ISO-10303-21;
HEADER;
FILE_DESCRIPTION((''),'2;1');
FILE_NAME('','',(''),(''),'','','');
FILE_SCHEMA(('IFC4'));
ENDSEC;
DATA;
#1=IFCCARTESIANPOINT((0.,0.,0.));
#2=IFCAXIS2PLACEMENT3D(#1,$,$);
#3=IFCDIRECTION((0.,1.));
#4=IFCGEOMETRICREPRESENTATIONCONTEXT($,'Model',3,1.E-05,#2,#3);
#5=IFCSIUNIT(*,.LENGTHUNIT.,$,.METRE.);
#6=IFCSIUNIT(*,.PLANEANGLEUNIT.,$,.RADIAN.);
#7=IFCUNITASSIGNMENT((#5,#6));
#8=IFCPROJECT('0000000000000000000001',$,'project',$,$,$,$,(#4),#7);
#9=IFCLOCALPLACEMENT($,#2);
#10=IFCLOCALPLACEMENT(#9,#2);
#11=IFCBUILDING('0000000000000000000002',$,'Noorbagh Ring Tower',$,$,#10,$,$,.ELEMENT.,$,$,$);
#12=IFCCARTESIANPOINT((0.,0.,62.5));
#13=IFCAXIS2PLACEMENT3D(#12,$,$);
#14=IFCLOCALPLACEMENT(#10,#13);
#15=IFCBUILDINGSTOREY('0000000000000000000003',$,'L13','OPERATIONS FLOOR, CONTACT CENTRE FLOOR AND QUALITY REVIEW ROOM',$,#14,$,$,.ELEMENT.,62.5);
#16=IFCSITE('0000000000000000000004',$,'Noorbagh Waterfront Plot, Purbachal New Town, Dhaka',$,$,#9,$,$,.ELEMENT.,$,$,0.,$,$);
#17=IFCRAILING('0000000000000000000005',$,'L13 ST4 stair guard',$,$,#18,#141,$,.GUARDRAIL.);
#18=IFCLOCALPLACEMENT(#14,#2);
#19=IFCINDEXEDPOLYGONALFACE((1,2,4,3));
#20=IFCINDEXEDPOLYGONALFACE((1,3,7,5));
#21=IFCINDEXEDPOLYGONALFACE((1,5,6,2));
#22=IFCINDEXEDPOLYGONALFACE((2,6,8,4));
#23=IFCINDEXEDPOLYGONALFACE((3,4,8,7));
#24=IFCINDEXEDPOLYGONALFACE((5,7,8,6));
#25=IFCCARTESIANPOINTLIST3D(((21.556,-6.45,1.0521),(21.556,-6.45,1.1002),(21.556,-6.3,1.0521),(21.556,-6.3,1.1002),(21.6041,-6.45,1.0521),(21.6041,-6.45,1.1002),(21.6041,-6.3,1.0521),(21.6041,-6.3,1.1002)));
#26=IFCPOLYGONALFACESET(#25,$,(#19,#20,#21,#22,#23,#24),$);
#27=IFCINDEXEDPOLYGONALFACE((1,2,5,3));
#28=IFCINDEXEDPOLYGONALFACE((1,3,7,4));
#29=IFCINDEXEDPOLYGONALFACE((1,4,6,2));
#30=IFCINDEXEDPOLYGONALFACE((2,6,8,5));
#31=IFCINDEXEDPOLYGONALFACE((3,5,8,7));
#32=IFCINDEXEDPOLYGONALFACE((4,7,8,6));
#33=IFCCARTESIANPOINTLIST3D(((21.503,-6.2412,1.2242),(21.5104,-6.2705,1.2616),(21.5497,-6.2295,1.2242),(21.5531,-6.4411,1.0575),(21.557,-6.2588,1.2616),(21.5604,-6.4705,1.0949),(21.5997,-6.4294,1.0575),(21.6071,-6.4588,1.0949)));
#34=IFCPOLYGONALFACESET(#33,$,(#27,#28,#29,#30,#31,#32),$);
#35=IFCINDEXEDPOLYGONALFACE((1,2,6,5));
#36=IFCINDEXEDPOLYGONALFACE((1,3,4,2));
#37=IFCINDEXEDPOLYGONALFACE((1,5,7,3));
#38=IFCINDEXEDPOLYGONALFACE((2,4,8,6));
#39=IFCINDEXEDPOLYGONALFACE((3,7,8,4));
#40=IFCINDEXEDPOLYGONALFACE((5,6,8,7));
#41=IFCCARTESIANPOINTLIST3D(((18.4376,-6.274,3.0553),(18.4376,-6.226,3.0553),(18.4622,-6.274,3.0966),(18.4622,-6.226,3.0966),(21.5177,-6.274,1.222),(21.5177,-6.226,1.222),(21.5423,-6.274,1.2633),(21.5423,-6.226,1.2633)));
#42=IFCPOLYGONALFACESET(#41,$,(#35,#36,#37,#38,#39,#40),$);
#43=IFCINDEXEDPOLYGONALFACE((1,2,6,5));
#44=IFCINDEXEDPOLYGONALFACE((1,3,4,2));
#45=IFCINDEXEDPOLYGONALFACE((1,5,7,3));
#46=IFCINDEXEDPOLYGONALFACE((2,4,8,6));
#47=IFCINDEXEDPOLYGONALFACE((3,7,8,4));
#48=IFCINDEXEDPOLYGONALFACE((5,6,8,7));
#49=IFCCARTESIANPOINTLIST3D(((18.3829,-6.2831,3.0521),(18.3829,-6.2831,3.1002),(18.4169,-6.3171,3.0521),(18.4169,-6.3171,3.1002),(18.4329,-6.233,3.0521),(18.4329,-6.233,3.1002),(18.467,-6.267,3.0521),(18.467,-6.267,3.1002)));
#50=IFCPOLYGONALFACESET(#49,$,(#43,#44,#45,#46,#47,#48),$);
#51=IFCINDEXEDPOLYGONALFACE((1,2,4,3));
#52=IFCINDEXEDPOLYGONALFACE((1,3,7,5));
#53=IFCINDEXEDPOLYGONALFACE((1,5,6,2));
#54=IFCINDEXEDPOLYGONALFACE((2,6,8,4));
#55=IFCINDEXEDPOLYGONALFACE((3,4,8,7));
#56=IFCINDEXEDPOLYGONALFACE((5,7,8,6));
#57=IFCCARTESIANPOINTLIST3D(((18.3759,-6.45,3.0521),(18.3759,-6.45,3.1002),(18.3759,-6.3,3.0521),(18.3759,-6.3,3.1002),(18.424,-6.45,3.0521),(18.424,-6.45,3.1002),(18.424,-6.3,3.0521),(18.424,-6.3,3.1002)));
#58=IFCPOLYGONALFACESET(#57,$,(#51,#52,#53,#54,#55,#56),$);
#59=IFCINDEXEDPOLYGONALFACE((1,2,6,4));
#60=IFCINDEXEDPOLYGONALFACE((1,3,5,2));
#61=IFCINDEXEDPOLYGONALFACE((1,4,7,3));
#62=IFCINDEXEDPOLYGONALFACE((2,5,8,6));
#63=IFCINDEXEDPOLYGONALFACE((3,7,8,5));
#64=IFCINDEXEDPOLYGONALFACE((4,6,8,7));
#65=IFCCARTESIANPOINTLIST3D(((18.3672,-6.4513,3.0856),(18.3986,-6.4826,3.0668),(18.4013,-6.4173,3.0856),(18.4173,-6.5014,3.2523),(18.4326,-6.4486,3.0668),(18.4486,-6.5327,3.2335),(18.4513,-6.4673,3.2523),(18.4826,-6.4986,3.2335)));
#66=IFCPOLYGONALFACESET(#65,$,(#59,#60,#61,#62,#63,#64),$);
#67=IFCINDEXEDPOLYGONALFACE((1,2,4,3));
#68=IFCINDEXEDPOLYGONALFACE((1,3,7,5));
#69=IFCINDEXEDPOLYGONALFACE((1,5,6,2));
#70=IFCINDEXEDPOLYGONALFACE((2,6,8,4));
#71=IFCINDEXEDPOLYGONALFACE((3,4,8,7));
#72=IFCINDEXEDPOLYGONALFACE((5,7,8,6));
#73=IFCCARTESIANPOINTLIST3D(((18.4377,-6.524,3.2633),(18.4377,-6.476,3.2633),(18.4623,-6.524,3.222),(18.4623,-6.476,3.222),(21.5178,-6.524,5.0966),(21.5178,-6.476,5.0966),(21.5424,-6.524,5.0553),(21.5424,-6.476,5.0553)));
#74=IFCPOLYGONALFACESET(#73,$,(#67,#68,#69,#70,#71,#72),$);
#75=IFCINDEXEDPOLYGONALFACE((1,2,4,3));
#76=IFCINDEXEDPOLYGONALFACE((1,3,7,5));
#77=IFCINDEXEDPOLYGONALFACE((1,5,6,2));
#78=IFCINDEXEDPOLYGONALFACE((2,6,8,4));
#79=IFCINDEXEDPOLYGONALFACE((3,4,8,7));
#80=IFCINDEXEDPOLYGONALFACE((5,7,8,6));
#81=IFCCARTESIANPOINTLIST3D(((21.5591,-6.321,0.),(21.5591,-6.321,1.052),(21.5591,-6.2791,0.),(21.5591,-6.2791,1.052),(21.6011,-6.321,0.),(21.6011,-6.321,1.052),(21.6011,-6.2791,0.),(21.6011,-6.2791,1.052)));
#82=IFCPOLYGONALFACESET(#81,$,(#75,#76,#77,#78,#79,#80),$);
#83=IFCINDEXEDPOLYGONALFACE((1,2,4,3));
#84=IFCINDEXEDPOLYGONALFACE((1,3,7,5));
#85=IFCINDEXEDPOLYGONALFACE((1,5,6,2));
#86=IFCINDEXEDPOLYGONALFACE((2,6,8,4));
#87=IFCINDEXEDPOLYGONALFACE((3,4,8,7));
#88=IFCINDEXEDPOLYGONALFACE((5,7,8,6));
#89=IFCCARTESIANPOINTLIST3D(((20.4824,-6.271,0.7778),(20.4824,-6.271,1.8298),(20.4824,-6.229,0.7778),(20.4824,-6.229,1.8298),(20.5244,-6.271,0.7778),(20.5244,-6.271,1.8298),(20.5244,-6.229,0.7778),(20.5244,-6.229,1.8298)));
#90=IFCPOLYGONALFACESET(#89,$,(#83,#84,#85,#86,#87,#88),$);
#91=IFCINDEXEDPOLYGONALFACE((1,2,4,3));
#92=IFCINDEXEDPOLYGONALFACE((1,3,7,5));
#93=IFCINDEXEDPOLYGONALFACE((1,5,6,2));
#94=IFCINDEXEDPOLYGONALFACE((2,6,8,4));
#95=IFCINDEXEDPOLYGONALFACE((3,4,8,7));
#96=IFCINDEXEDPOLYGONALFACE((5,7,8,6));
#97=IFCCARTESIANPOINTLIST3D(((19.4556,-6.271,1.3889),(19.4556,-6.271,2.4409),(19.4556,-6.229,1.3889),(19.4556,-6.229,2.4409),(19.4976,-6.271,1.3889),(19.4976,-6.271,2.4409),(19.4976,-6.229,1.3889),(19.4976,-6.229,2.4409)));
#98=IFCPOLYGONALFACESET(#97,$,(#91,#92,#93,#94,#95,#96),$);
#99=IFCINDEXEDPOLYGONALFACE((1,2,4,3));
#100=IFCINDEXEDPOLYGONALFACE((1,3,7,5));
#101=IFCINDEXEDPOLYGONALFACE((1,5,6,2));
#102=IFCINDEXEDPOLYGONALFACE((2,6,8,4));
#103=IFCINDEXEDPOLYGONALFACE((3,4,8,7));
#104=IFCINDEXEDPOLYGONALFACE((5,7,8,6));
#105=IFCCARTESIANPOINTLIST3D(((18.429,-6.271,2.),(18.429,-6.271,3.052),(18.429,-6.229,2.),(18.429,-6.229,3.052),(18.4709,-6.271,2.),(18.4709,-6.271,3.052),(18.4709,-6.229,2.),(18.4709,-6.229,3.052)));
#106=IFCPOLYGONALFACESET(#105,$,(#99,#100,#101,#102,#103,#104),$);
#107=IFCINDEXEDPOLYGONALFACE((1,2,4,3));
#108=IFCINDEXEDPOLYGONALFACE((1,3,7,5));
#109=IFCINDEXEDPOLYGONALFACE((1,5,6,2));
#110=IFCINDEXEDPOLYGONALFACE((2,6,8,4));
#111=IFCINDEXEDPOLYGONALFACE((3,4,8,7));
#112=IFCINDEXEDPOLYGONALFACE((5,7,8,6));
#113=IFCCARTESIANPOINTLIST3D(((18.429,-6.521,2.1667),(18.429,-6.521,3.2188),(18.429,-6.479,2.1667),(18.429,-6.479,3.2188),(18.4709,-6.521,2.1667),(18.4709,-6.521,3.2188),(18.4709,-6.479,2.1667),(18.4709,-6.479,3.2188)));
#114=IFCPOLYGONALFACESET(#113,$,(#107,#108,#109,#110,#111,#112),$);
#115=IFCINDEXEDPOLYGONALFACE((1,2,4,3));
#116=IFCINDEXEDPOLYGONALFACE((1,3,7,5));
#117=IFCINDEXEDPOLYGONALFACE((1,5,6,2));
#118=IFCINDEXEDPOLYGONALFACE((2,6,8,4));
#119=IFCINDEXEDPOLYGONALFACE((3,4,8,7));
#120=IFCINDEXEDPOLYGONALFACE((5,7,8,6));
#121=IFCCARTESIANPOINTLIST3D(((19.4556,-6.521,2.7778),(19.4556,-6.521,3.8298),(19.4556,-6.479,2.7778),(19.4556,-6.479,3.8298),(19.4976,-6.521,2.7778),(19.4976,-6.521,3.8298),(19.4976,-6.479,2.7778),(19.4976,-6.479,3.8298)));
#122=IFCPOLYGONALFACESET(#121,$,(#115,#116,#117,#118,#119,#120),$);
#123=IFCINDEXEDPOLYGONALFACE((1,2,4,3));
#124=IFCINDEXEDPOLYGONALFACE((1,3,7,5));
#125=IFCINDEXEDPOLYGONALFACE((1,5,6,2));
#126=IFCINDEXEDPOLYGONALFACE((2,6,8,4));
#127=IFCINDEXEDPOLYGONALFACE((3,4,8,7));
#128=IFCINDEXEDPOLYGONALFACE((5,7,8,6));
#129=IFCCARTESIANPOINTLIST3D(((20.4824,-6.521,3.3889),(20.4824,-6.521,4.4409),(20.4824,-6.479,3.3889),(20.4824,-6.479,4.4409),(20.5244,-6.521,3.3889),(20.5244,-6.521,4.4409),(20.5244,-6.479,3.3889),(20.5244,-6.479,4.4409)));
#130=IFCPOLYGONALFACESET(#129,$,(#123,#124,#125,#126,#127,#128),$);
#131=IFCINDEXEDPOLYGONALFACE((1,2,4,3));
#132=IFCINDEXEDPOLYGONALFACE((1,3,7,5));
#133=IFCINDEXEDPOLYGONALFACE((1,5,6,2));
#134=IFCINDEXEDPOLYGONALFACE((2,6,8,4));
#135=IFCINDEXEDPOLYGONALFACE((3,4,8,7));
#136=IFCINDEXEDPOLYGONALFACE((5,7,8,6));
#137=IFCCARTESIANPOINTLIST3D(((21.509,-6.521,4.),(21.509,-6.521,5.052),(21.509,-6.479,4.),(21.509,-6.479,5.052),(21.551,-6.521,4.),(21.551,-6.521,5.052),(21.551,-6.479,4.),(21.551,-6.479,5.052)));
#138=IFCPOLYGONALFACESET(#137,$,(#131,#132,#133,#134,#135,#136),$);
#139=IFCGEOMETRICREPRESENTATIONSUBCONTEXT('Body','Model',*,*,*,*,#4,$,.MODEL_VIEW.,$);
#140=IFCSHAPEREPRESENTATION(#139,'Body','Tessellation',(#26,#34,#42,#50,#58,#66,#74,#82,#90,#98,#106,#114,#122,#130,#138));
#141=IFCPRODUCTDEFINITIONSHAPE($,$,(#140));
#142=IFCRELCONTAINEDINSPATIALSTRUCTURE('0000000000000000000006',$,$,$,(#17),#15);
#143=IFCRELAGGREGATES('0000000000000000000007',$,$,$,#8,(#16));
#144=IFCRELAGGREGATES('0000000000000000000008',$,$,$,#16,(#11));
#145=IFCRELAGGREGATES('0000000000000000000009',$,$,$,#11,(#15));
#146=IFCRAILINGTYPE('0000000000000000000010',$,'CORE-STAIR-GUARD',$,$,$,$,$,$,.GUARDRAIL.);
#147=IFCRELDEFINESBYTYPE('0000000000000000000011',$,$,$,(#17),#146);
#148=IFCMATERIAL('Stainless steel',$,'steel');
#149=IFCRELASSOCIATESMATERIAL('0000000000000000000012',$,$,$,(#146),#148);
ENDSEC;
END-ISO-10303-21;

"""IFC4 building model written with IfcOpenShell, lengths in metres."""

from ifc_helpers import new_model, si_unit, direction, frame, origin, origin_2d, place, context, subcontext, project, spatial, rectangle, extrude, material, type_object, element, save


model = new_model("IFC4")

# Units and contexts
model_context = context("Model", 3, precision=1e-05, world=origin(), true_north=direction((0.0, 1.0)))
body_context = subcontext(model_context, "Body", "Model", "MODEL_VIEW")
ifc_project = project(units=[si_unit("LENGTHUNIT", "METRE"), si_unit("PLANEANGLEUNIT", "RADIAN")], contexts=[model_context])

# Site, building, storey
site_placement = place(None, origin())
site = spatial("IfcSite", under=ifc_project, at=site_placement, Name="Noorbagh Waterfront Plot, Purbachal New Town, Dhaka", CompositionType="ELEMENT", RefElevation=0.0)
building_placement = place(site_placement, origin())
building = spatial("IfcBuilding", under=site, at=building_placement, Name="Noorbagh Ring Tower", CompositionType="ELEMENT")
storey_placement = place(building_placement, frame((0.0, 0.0, 62.5)))
storey = spatial("IfcBuildingStorey", under=building, at=storey_placement, Name="L13", Description="OPERATIONS FLOOR, CONTACT CENTRE FLOOR AND QUALITY REVIEW ROOM", CompositionType="ELEMENT", Elevation=62.5)

# Railing
ifc_material_1 = material(Name="Stainless steel", Category="steel")
railing_type_1 = type_object("IfcRailingType", Name="CORE-STAIR-GUARD", PredefinedType="GUARDRAIL", material=ifc_material_1)
railing_1_placement = place(storey_placement, frame((21.5801, -6.3, 0.0)))
element("IfcRailing", 1, at=railing_1_placement, inside=storey, type_object=railing_type_1, Name="L13 ST4 stair guard", PredefinedType="GUARDRAIL", context=body_context, shape_type="SweptSolid", body=[
    extrude(rectangle(XDim=0.0481, YDim=0.0481, at=origin_2d()), frame((0.0, 0.0, 1.0762), z_axis=(0.0, -1.0, 0.0), x_axis=(1.0, 0.0, 0.0)), (0.0, 0.0, 1.0), 0.1499),
    extrude(rectangle(XDim=0.0481, YDim=0.0481, at=origin_2d()), frame((0.0, -0.1499, 1.0762), z_axis=(-0.188776, 0.754182, 0.628946), x_axis=(-0.970073, -0.242814, 0.0)), (0.0, 0.0, 1.0), 0.2651),
    extrude(rectangle(XDim=0.0481, YDim=0.0481, at=origin_2d()), frame((-0.05, 0.05, 1.2427), z_axis=(-0.859309, 0.0, 0.511458), x_axis=(0.0, -1.0, 0.0)), (0.0, 0.0, 1.0), 3.5845),
    extrude(rectangle(XDim=0.0481, YDim=0.0481, at=origin_2d()), frame((-3.1301, 0.05, 3.0762), z_axis=(-0.707107, -0.707107, 0.0), x_axis=(0.707107, -0.707107, 0.0)), (0.0, 0.0, 1.0), 0.0708),
    extrude(rectangle(XDim=0.0481, YDim=0.0481, at=origin_2d()), frame((-3.1802, 0.0, 3.0762), z_axis=(0.0, -1.0, 0.0), x_axis=(1.0, 0.0, 0.0)), (0.0, 0.0, 1.0), 0.1499),
    extrude(rectangle(XDim=0.0481, YDim=0.0481, at=origin_2d()), frame((-3.1802, -0.1499, 3.0762), z_axis=(0.276287, -0.276287, 0.920506), x_axis=(0.707107, 0.707107, 0.0)), (0.0, 0.0, 1.0), 0.1812),
    extrude(rectangle(XDim=0.0481, YDim=0.0481, at=origin_2d()), frame((-3.1301, -0.2, 3.2427), z_axis=(0.859309, 0.0, 0.511458), x_axis=(0.0, 1.0, 0.0)), (0.0, 0.0, 1.0), 3.5845),
    extrude(rectangle(XDim=0.042, YDim=0.042, at=origin_2d()), origin(), (0.0, 0.0, 1.0), 1.052),
    extrude(rectangle(XDim=0.042, YDim=0.042, at=origin_2d()), frame((-1.0767, 0.05, 0.7778)), (0.0, 0.0, 1.0), 1.052),
    extrude(rectangle(XDim=0.042, YDim=0.042, at=origin_2d()), frame((-2.1035, 0.05, 1.3889)), (0.0, 0.0, 1.0), 1.052),
    extrude(rectangle(XDim=0.042, YDim=0.042, at=origin_2d()), frame((-3.1301, 0.05, 2.0)), (0.0, 0.0, 1.0), 1.052),
    extrude(rectangle(XDim=0.042, YDim=0.042, at=origin_2d()), frame((-3.1301, -0.2, 2.1667)), (0.0, 0.0, 1.0), 1.052),
    extrude(rectangle(XDim=0.042, YDim=0.042, at=origin_2d()), frame((-2.1035, -0.2, 2.7778)), (0.0, 0.0, 1.0), 1.052),
    extrude(rectangle(XDim=0.042, YDim=0.042, at=origin_2d()), frame((-1.0767, -0.2, 3.3889)), (0.0, 0.0, 1.0), 1.052),
    extrude(rectangle(XDim=0.042, YDim=0.042, at=origin_2d()), frame((-0.05, -0.2, 4.0)), (0.0, 0.0, 1.0), 1.052),
])

save(model, "model.ifc")
